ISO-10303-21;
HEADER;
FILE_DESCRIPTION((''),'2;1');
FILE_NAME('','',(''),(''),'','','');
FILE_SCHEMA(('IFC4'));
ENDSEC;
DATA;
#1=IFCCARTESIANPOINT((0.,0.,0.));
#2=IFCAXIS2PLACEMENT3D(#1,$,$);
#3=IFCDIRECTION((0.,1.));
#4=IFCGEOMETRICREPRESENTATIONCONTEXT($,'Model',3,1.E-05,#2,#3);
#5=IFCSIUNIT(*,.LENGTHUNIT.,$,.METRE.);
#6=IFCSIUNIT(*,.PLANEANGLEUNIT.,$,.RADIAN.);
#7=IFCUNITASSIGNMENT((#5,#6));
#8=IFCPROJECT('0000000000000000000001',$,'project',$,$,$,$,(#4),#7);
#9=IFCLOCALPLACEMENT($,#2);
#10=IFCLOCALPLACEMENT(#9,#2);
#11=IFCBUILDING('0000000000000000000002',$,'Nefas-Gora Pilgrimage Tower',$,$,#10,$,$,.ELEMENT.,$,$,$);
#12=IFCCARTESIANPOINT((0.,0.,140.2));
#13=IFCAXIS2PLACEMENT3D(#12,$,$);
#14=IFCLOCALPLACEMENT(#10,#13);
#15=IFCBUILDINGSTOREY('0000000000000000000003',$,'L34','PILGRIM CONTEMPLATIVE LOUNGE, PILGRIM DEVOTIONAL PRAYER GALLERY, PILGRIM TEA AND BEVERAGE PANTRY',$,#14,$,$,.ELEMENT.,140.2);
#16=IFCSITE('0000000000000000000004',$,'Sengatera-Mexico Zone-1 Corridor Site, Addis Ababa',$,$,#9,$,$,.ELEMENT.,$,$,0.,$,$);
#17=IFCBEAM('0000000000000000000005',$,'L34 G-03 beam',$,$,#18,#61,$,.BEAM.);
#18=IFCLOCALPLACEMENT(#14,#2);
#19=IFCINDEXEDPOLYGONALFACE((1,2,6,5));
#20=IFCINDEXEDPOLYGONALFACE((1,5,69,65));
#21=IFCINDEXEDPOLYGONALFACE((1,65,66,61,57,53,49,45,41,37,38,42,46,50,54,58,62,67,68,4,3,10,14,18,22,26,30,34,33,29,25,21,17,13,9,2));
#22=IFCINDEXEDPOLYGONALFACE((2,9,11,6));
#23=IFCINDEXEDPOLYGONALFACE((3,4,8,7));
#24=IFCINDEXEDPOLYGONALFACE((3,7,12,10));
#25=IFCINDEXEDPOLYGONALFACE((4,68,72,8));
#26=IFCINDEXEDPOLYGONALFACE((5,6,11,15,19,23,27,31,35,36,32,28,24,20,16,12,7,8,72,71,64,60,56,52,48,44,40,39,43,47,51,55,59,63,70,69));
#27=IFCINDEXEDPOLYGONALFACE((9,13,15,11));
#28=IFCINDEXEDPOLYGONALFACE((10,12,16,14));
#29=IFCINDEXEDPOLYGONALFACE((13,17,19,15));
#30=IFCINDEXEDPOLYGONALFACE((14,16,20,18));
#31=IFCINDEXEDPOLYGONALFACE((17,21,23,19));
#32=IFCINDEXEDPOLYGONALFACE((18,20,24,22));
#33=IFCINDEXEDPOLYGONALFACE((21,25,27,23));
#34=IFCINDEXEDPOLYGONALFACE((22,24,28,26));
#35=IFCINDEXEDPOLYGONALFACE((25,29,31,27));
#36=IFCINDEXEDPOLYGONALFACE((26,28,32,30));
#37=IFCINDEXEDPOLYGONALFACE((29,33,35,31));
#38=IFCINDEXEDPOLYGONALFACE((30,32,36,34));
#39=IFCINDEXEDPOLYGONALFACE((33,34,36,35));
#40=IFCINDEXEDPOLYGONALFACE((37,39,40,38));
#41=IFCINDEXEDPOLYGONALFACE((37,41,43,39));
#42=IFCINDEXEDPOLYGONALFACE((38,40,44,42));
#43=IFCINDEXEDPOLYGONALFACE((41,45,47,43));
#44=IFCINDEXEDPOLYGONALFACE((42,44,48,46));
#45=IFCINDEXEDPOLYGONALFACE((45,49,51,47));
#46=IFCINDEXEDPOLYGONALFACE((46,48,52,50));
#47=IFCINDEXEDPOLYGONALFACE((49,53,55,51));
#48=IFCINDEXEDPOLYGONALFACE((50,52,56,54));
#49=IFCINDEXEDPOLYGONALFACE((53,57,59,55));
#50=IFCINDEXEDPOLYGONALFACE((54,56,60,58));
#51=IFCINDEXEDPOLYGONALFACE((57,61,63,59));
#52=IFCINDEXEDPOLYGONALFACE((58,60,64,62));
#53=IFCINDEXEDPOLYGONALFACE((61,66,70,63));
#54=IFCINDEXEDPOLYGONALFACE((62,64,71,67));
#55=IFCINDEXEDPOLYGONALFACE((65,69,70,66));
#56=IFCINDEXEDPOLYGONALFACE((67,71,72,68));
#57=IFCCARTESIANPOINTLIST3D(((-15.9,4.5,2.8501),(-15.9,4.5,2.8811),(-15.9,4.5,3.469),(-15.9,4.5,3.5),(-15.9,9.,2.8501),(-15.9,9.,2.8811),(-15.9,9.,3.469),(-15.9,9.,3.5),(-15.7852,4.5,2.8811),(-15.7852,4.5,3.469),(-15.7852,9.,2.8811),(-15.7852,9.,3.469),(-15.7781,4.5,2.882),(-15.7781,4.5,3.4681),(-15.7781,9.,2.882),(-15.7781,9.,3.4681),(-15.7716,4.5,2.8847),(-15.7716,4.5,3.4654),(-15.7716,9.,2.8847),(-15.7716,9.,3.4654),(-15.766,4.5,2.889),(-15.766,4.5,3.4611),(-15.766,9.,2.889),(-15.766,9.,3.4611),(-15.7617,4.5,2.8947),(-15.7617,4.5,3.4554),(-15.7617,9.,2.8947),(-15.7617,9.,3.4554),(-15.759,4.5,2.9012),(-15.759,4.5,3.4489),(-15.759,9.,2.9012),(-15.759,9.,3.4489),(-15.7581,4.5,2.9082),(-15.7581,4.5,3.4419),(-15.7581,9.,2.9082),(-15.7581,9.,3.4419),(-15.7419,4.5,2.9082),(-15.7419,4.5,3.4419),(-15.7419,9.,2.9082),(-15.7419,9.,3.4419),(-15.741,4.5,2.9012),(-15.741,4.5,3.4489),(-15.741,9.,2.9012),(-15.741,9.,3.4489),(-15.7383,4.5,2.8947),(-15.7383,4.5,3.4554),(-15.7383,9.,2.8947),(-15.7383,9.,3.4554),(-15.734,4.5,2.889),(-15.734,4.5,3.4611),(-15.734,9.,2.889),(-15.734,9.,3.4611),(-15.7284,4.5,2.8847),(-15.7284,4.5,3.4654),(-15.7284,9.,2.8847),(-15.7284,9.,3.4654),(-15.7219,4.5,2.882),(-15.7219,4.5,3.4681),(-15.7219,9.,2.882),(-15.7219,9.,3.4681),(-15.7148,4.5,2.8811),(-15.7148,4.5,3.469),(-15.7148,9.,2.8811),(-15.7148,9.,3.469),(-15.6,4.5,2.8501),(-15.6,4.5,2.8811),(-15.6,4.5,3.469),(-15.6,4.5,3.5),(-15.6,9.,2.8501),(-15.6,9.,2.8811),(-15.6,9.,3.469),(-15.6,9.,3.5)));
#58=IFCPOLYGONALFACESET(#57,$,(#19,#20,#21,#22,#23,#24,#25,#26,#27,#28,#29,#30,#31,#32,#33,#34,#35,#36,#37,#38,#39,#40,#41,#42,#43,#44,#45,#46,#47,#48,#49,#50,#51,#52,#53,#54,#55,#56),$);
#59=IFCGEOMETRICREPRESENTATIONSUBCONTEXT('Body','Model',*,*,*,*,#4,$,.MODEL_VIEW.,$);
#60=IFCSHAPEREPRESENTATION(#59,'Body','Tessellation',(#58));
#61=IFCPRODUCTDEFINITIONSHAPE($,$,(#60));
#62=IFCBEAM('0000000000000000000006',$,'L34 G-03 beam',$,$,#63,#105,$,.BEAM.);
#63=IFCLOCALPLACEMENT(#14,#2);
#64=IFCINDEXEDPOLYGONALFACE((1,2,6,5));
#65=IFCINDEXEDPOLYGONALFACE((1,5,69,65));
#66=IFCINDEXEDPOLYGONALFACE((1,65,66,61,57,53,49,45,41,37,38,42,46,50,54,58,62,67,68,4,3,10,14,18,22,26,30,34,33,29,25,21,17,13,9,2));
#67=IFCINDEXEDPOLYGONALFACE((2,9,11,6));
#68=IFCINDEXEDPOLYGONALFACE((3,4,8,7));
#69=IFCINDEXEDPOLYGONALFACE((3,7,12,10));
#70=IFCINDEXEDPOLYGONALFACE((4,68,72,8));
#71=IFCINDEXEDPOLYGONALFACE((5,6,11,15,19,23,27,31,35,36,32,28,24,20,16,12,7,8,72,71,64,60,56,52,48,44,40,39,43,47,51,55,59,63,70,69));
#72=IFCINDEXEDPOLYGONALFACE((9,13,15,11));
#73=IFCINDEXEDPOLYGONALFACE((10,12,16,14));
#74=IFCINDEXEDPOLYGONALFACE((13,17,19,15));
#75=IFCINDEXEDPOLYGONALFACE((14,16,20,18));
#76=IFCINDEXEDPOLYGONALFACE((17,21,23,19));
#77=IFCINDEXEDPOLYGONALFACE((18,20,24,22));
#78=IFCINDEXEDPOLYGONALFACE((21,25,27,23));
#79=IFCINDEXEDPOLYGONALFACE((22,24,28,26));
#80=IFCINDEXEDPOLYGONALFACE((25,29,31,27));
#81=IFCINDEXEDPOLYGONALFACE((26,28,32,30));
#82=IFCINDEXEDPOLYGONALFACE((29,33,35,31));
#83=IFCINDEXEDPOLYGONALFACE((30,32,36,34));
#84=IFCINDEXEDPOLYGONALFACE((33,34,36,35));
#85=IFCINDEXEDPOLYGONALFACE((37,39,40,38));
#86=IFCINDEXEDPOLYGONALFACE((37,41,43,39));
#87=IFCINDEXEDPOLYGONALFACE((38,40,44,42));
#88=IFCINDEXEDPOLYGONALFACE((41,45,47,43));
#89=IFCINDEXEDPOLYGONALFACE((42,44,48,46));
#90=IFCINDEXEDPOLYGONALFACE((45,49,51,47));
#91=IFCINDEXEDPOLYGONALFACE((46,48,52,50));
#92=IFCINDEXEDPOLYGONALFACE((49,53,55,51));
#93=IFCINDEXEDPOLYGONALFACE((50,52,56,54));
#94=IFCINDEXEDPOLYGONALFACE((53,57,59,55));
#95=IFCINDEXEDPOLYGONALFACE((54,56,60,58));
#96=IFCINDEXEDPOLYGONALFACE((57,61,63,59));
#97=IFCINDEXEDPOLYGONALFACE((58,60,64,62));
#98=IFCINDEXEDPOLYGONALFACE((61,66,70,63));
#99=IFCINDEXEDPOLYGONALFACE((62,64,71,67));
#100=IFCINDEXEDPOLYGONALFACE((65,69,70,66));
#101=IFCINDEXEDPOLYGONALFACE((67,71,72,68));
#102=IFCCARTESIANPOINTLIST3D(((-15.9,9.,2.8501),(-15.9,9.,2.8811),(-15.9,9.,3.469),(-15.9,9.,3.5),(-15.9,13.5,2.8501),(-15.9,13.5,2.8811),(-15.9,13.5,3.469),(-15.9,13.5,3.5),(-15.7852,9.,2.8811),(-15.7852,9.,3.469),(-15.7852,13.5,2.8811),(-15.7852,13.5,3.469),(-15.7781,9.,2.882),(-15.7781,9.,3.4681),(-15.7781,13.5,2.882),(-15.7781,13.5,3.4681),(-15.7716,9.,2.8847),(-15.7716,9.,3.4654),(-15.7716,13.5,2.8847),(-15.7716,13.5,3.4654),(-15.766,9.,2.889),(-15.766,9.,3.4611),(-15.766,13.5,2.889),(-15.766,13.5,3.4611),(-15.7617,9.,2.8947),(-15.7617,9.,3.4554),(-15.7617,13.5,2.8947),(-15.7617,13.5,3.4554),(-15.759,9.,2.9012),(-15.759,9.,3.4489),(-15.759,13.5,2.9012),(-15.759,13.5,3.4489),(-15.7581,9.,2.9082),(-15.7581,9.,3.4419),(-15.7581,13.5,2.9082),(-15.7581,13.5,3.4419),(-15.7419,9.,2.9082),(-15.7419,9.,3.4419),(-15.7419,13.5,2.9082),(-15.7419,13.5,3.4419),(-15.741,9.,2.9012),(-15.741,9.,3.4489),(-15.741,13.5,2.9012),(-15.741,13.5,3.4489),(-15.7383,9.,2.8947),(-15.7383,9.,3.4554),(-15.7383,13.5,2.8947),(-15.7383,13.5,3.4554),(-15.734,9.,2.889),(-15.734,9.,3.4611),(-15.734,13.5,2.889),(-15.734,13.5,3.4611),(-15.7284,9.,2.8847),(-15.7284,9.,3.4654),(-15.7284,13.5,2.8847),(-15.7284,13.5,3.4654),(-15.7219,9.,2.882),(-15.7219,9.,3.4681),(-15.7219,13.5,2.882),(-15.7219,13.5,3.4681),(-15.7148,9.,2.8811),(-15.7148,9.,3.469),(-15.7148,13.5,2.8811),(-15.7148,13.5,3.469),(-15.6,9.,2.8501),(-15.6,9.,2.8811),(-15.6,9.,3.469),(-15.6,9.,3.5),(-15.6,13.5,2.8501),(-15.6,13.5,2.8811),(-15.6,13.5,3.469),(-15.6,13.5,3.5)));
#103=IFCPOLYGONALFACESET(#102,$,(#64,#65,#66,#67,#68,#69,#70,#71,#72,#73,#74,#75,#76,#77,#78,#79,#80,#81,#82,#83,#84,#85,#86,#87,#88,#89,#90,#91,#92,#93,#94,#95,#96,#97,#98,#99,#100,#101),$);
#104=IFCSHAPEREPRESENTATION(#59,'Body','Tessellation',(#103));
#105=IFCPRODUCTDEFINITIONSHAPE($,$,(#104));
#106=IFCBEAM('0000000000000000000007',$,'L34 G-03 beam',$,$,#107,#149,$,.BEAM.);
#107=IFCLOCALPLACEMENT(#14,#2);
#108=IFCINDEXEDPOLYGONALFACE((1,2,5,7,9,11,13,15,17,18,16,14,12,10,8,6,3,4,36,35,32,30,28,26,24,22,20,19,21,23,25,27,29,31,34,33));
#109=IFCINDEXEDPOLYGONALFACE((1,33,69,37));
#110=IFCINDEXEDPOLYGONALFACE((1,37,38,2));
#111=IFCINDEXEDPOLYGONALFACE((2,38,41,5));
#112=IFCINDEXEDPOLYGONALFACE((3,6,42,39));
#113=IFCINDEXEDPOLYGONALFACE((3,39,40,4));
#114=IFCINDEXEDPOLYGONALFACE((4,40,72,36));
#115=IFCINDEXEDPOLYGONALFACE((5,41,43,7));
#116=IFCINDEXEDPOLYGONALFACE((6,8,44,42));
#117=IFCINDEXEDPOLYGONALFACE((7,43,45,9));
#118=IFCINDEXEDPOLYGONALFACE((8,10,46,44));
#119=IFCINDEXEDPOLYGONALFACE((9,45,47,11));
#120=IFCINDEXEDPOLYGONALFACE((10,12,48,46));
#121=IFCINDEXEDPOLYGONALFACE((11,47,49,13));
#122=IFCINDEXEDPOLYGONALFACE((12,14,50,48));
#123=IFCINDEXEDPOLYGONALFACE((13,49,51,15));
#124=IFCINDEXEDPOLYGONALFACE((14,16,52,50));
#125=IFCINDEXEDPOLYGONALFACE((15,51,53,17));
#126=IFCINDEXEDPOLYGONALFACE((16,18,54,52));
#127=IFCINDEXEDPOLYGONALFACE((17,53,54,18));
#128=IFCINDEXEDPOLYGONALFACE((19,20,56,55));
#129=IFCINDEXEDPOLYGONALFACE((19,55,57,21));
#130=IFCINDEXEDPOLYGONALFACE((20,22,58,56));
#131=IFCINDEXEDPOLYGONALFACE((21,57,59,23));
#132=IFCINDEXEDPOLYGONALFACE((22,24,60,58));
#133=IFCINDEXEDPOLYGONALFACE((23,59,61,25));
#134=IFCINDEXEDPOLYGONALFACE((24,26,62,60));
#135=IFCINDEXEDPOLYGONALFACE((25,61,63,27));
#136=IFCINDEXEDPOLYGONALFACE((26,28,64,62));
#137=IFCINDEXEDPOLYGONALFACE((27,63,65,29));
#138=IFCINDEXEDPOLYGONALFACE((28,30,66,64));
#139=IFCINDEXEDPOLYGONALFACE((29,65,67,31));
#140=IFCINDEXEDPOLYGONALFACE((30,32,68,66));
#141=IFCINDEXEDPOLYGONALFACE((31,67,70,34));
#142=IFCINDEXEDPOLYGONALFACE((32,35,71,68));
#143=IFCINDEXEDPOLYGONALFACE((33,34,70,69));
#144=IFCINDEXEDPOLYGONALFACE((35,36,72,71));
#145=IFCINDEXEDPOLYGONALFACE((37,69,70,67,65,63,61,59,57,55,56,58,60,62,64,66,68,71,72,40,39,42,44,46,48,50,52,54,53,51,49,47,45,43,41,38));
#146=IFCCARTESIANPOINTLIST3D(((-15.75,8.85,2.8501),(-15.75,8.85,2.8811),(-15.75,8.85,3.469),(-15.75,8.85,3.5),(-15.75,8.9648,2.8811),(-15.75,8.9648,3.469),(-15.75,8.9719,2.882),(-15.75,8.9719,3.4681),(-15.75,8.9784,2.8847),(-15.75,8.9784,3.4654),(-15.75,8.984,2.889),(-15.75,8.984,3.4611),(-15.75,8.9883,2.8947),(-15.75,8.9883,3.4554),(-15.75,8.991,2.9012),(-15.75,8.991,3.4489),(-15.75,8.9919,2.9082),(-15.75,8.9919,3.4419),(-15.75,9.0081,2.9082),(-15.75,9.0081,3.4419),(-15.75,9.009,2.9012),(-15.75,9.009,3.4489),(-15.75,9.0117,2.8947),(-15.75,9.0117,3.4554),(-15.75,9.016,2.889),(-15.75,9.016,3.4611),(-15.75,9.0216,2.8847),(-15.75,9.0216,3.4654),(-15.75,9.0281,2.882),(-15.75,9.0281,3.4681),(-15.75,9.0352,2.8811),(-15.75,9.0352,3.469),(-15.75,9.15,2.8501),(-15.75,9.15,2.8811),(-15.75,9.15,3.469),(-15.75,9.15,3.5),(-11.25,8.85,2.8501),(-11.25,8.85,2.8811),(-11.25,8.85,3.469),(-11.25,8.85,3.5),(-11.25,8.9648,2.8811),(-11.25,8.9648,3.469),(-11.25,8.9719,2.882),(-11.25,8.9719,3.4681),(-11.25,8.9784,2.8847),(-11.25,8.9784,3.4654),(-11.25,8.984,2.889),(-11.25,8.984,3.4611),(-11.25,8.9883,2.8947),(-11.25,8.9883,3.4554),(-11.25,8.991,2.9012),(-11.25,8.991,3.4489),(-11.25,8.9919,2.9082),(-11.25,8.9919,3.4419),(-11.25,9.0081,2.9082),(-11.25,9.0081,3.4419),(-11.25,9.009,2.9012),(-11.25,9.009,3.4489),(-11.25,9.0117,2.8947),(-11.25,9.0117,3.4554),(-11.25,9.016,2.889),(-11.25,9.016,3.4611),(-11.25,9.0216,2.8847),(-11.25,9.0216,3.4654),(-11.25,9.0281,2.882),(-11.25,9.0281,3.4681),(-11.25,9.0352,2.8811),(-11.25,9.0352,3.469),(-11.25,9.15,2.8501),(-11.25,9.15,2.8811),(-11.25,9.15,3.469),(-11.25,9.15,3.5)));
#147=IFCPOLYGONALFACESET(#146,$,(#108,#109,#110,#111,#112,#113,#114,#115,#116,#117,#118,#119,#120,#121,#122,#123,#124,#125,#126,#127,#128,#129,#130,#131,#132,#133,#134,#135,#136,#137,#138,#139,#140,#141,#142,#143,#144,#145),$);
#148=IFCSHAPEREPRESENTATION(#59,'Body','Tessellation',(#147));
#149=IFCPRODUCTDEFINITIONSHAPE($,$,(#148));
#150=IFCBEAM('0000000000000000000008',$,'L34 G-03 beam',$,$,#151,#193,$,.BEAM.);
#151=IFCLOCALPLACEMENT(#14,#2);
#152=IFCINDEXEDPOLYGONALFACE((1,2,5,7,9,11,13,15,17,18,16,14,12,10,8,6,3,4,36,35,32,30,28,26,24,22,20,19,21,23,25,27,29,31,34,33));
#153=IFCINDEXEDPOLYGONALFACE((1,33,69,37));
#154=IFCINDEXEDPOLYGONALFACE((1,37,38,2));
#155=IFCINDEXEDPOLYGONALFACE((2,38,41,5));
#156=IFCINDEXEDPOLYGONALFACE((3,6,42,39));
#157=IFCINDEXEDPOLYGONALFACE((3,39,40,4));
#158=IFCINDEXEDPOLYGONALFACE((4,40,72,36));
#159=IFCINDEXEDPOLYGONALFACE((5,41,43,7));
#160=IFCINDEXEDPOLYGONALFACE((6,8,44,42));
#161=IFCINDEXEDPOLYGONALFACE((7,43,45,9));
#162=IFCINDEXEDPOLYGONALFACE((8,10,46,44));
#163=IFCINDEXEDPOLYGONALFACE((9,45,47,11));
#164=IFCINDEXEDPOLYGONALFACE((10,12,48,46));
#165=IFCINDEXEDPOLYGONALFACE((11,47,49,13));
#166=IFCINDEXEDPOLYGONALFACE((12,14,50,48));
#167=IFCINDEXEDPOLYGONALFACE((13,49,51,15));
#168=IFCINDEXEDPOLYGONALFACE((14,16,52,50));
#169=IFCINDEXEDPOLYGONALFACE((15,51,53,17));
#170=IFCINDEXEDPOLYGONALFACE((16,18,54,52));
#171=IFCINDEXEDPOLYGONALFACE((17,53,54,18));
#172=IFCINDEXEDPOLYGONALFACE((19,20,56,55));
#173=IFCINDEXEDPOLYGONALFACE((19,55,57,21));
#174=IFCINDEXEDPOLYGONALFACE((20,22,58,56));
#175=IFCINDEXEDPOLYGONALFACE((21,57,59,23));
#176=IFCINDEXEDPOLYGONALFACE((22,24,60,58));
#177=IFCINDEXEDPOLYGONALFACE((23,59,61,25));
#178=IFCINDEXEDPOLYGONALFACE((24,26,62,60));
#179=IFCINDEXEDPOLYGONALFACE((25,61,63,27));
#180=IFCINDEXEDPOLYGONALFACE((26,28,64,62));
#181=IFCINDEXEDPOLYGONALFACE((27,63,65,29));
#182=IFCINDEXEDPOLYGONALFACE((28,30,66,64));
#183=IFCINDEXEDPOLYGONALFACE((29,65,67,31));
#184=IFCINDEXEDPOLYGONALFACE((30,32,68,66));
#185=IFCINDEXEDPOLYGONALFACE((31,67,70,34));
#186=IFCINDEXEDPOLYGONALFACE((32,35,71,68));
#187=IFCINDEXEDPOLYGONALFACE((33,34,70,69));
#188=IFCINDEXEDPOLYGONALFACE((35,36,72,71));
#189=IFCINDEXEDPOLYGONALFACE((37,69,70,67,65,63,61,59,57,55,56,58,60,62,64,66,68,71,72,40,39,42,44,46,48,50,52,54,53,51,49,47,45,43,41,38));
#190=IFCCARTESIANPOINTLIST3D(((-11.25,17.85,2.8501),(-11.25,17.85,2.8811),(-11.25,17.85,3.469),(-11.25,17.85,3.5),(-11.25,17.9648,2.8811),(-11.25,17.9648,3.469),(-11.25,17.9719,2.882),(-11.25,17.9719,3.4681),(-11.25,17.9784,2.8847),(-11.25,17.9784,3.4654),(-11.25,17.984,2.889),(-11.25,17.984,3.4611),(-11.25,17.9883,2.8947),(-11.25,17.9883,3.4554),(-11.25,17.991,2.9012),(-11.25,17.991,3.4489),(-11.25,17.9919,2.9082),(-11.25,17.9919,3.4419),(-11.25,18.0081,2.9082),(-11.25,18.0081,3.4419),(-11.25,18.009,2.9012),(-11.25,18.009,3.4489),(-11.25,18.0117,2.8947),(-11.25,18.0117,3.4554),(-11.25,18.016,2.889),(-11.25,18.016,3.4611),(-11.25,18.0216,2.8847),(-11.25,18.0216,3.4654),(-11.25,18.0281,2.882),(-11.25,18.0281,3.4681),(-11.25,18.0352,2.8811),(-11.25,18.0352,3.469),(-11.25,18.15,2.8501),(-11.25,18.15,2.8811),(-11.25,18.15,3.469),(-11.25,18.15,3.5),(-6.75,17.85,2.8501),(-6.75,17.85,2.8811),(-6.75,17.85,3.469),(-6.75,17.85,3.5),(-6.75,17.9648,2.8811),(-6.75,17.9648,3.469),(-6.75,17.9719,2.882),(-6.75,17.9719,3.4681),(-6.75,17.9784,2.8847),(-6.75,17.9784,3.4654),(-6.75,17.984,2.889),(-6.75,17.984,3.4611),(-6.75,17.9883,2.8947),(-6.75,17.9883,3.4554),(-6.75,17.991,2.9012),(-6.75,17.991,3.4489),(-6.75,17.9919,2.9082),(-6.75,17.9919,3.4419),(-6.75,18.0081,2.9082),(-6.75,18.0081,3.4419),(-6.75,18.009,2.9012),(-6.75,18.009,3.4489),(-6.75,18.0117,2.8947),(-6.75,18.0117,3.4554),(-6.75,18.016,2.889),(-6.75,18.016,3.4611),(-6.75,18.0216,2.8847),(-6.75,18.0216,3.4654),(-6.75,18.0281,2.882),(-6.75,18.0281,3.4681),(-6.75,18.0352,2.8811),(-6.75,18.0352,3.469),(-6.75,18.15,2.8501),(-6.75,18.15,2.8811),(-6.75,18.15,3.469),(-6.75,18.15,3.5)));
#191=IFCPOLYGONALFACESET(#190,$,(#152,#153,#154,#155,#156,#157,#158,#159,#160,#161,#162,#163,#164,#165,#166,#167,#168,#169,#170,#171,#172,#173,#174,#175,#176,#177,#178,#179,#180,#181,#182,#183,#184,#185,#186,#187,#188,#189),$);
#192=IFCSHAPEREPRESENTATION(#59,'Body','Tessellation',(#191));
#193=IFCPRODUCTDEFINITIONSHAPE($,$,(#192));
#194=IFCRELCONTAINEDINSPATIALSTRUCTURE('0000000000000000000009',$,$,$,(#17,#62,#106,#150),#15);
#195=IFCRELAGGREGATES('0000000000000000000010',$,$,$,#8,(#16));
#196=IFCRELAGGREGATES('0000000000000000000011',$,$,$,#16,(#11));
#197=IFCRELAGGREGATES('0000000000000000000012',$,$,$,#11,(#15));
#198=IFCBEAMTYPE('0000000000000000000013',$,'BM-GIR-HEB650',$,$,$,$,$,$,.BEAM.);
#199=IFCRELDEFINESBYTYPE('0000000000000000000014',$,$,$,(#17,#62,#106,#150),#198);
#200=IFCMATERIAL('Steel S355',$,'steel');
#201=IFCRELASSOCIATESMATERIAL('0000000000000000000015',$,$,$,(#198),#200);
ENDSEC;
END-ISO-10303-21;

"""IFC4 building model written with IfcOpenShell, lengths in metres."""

from ifc_helpers import new_model, si_unit, direction, frame, origin, origin_2d, place, context, subcontext, project, spatial, i_section, extrude, source, transform, mapped, material, material_profile, profile_set, type_object, element, save


model = new_model("IFC4")

# Units and contexts
model_context = context("Model", 3, precision=1e-05, world=origin(), true_north=direction((0.0, 1.0)))
body_context = subcontext(model_context, "Body", "Model", "MODEL_VIEW")
ifc_project = project(units=[si_unit("LENGTHUNIT", "METRE"), si_unit("PLANEANGLEUNIT", "RADIAN")], contexts=[model_context])

# Site, building, storey
site_placement = place(None, origin())
site = spatial("IfcSite", under=ifc_project, at=site_placement, Name="Sengatera-Mexico Zone-1 Corridor Site, Addis Ababa", CompositionType="ELEMENT", RefElevation=0.0)
building_placement = place(site_placement, origin())
building = spatial("IfcBuilding", under=site, at=building_placement, Name="Nefas-Gora Pilgrimage Tower", CompositionType="ELEMENT")
storey_placement = place(building_placement, frame((0.0, 0.0, 140.2)))
storey = spatial("IfcBuildingStorey", under=building, at=storey_placement, Name="L34", Description="PILGRIM CONTEMPLATIVE LOUNGE, PILGRIM DEVOTIONAL PRAYER GALLERY, PILGRIM TEA AND BEVERAGE PANTRY", CompositionType="ELEMENT", Elevation=140.2)

# Beams
ifc_material_1 = material(Name="Steel S355", Category="steel")
ifc_material_profile_1 = material_profile(ifc_material_1, i_section(OverallWidth=0.3, OverallDepth=0.6499, WebThickness=0.0161, FlangeThickness=0.031, FilletRadius=0.0271, at=origin_2d()), Name="HEB 650")
ifc_profile_set_1 = profile_set([ifc_material_profile_1], Name="Steel S355")
beam_type_1 = type_object("IfcBeamType", Name="BM-GIR-HEB650", PredefinedType="BEAM", material=ifc_profile_set_1)
shared_shape_1 = source(origin(), body_context, "Body", "SweptSolid", [
    extrude(i_section(OverallWidth=0.3, OverallDepth=0.6499, WebThickness=0.0161, FlangeThickness=0.031, FilletRadius=0.0271, at=origin_2d()), origin(), (0.0, 0.0, 1.0), 4.5),
])
for number, where, z_axis, x_axis, name in (
    (1, (-15.75, 4.5, 3.175), (0.0, 1.0, 0.0), (-1.0, 0.0, 0.0), "L34 G-03 beam"),
    (2, (-15.75, 9.0, 3.175), (0.0, 1.0, 0.0), (-1.0, 0.0, 0.0), "L34 G-03 beam"),
    (3, (-15.75, 9.0, 3.175), (1.0, 0.0, 0.0), (0.0, 1.0, 0.0), "L34 G-03 beam"),
    (4, (-11.25, 18.0, 3.175), (1.0, 0.0, 0.0), (0.0, 1.0, 0.0), "L34 G-03 beam"),
):
    element("IfcBeam", number, at=place(storey_placement, frame(where, z_axis=z_axis, x_axis=x_axis)), inside=storey, type_object=beam_type_1, Name=name, PredefinedType="BEAM", context=body_context, shape_type="MappedRepresentation", body=[
        mapped(shared_shape_1, transform((0.0, 0.0, 0.0), x_axis=(1.0, 0.0, 0.0), y_axis=(0.0, 1.0, 0.0), z_axis=(0.0, 0.0, 1.0), scale=1.0)),
    ])

save(model, "model.ifc")
